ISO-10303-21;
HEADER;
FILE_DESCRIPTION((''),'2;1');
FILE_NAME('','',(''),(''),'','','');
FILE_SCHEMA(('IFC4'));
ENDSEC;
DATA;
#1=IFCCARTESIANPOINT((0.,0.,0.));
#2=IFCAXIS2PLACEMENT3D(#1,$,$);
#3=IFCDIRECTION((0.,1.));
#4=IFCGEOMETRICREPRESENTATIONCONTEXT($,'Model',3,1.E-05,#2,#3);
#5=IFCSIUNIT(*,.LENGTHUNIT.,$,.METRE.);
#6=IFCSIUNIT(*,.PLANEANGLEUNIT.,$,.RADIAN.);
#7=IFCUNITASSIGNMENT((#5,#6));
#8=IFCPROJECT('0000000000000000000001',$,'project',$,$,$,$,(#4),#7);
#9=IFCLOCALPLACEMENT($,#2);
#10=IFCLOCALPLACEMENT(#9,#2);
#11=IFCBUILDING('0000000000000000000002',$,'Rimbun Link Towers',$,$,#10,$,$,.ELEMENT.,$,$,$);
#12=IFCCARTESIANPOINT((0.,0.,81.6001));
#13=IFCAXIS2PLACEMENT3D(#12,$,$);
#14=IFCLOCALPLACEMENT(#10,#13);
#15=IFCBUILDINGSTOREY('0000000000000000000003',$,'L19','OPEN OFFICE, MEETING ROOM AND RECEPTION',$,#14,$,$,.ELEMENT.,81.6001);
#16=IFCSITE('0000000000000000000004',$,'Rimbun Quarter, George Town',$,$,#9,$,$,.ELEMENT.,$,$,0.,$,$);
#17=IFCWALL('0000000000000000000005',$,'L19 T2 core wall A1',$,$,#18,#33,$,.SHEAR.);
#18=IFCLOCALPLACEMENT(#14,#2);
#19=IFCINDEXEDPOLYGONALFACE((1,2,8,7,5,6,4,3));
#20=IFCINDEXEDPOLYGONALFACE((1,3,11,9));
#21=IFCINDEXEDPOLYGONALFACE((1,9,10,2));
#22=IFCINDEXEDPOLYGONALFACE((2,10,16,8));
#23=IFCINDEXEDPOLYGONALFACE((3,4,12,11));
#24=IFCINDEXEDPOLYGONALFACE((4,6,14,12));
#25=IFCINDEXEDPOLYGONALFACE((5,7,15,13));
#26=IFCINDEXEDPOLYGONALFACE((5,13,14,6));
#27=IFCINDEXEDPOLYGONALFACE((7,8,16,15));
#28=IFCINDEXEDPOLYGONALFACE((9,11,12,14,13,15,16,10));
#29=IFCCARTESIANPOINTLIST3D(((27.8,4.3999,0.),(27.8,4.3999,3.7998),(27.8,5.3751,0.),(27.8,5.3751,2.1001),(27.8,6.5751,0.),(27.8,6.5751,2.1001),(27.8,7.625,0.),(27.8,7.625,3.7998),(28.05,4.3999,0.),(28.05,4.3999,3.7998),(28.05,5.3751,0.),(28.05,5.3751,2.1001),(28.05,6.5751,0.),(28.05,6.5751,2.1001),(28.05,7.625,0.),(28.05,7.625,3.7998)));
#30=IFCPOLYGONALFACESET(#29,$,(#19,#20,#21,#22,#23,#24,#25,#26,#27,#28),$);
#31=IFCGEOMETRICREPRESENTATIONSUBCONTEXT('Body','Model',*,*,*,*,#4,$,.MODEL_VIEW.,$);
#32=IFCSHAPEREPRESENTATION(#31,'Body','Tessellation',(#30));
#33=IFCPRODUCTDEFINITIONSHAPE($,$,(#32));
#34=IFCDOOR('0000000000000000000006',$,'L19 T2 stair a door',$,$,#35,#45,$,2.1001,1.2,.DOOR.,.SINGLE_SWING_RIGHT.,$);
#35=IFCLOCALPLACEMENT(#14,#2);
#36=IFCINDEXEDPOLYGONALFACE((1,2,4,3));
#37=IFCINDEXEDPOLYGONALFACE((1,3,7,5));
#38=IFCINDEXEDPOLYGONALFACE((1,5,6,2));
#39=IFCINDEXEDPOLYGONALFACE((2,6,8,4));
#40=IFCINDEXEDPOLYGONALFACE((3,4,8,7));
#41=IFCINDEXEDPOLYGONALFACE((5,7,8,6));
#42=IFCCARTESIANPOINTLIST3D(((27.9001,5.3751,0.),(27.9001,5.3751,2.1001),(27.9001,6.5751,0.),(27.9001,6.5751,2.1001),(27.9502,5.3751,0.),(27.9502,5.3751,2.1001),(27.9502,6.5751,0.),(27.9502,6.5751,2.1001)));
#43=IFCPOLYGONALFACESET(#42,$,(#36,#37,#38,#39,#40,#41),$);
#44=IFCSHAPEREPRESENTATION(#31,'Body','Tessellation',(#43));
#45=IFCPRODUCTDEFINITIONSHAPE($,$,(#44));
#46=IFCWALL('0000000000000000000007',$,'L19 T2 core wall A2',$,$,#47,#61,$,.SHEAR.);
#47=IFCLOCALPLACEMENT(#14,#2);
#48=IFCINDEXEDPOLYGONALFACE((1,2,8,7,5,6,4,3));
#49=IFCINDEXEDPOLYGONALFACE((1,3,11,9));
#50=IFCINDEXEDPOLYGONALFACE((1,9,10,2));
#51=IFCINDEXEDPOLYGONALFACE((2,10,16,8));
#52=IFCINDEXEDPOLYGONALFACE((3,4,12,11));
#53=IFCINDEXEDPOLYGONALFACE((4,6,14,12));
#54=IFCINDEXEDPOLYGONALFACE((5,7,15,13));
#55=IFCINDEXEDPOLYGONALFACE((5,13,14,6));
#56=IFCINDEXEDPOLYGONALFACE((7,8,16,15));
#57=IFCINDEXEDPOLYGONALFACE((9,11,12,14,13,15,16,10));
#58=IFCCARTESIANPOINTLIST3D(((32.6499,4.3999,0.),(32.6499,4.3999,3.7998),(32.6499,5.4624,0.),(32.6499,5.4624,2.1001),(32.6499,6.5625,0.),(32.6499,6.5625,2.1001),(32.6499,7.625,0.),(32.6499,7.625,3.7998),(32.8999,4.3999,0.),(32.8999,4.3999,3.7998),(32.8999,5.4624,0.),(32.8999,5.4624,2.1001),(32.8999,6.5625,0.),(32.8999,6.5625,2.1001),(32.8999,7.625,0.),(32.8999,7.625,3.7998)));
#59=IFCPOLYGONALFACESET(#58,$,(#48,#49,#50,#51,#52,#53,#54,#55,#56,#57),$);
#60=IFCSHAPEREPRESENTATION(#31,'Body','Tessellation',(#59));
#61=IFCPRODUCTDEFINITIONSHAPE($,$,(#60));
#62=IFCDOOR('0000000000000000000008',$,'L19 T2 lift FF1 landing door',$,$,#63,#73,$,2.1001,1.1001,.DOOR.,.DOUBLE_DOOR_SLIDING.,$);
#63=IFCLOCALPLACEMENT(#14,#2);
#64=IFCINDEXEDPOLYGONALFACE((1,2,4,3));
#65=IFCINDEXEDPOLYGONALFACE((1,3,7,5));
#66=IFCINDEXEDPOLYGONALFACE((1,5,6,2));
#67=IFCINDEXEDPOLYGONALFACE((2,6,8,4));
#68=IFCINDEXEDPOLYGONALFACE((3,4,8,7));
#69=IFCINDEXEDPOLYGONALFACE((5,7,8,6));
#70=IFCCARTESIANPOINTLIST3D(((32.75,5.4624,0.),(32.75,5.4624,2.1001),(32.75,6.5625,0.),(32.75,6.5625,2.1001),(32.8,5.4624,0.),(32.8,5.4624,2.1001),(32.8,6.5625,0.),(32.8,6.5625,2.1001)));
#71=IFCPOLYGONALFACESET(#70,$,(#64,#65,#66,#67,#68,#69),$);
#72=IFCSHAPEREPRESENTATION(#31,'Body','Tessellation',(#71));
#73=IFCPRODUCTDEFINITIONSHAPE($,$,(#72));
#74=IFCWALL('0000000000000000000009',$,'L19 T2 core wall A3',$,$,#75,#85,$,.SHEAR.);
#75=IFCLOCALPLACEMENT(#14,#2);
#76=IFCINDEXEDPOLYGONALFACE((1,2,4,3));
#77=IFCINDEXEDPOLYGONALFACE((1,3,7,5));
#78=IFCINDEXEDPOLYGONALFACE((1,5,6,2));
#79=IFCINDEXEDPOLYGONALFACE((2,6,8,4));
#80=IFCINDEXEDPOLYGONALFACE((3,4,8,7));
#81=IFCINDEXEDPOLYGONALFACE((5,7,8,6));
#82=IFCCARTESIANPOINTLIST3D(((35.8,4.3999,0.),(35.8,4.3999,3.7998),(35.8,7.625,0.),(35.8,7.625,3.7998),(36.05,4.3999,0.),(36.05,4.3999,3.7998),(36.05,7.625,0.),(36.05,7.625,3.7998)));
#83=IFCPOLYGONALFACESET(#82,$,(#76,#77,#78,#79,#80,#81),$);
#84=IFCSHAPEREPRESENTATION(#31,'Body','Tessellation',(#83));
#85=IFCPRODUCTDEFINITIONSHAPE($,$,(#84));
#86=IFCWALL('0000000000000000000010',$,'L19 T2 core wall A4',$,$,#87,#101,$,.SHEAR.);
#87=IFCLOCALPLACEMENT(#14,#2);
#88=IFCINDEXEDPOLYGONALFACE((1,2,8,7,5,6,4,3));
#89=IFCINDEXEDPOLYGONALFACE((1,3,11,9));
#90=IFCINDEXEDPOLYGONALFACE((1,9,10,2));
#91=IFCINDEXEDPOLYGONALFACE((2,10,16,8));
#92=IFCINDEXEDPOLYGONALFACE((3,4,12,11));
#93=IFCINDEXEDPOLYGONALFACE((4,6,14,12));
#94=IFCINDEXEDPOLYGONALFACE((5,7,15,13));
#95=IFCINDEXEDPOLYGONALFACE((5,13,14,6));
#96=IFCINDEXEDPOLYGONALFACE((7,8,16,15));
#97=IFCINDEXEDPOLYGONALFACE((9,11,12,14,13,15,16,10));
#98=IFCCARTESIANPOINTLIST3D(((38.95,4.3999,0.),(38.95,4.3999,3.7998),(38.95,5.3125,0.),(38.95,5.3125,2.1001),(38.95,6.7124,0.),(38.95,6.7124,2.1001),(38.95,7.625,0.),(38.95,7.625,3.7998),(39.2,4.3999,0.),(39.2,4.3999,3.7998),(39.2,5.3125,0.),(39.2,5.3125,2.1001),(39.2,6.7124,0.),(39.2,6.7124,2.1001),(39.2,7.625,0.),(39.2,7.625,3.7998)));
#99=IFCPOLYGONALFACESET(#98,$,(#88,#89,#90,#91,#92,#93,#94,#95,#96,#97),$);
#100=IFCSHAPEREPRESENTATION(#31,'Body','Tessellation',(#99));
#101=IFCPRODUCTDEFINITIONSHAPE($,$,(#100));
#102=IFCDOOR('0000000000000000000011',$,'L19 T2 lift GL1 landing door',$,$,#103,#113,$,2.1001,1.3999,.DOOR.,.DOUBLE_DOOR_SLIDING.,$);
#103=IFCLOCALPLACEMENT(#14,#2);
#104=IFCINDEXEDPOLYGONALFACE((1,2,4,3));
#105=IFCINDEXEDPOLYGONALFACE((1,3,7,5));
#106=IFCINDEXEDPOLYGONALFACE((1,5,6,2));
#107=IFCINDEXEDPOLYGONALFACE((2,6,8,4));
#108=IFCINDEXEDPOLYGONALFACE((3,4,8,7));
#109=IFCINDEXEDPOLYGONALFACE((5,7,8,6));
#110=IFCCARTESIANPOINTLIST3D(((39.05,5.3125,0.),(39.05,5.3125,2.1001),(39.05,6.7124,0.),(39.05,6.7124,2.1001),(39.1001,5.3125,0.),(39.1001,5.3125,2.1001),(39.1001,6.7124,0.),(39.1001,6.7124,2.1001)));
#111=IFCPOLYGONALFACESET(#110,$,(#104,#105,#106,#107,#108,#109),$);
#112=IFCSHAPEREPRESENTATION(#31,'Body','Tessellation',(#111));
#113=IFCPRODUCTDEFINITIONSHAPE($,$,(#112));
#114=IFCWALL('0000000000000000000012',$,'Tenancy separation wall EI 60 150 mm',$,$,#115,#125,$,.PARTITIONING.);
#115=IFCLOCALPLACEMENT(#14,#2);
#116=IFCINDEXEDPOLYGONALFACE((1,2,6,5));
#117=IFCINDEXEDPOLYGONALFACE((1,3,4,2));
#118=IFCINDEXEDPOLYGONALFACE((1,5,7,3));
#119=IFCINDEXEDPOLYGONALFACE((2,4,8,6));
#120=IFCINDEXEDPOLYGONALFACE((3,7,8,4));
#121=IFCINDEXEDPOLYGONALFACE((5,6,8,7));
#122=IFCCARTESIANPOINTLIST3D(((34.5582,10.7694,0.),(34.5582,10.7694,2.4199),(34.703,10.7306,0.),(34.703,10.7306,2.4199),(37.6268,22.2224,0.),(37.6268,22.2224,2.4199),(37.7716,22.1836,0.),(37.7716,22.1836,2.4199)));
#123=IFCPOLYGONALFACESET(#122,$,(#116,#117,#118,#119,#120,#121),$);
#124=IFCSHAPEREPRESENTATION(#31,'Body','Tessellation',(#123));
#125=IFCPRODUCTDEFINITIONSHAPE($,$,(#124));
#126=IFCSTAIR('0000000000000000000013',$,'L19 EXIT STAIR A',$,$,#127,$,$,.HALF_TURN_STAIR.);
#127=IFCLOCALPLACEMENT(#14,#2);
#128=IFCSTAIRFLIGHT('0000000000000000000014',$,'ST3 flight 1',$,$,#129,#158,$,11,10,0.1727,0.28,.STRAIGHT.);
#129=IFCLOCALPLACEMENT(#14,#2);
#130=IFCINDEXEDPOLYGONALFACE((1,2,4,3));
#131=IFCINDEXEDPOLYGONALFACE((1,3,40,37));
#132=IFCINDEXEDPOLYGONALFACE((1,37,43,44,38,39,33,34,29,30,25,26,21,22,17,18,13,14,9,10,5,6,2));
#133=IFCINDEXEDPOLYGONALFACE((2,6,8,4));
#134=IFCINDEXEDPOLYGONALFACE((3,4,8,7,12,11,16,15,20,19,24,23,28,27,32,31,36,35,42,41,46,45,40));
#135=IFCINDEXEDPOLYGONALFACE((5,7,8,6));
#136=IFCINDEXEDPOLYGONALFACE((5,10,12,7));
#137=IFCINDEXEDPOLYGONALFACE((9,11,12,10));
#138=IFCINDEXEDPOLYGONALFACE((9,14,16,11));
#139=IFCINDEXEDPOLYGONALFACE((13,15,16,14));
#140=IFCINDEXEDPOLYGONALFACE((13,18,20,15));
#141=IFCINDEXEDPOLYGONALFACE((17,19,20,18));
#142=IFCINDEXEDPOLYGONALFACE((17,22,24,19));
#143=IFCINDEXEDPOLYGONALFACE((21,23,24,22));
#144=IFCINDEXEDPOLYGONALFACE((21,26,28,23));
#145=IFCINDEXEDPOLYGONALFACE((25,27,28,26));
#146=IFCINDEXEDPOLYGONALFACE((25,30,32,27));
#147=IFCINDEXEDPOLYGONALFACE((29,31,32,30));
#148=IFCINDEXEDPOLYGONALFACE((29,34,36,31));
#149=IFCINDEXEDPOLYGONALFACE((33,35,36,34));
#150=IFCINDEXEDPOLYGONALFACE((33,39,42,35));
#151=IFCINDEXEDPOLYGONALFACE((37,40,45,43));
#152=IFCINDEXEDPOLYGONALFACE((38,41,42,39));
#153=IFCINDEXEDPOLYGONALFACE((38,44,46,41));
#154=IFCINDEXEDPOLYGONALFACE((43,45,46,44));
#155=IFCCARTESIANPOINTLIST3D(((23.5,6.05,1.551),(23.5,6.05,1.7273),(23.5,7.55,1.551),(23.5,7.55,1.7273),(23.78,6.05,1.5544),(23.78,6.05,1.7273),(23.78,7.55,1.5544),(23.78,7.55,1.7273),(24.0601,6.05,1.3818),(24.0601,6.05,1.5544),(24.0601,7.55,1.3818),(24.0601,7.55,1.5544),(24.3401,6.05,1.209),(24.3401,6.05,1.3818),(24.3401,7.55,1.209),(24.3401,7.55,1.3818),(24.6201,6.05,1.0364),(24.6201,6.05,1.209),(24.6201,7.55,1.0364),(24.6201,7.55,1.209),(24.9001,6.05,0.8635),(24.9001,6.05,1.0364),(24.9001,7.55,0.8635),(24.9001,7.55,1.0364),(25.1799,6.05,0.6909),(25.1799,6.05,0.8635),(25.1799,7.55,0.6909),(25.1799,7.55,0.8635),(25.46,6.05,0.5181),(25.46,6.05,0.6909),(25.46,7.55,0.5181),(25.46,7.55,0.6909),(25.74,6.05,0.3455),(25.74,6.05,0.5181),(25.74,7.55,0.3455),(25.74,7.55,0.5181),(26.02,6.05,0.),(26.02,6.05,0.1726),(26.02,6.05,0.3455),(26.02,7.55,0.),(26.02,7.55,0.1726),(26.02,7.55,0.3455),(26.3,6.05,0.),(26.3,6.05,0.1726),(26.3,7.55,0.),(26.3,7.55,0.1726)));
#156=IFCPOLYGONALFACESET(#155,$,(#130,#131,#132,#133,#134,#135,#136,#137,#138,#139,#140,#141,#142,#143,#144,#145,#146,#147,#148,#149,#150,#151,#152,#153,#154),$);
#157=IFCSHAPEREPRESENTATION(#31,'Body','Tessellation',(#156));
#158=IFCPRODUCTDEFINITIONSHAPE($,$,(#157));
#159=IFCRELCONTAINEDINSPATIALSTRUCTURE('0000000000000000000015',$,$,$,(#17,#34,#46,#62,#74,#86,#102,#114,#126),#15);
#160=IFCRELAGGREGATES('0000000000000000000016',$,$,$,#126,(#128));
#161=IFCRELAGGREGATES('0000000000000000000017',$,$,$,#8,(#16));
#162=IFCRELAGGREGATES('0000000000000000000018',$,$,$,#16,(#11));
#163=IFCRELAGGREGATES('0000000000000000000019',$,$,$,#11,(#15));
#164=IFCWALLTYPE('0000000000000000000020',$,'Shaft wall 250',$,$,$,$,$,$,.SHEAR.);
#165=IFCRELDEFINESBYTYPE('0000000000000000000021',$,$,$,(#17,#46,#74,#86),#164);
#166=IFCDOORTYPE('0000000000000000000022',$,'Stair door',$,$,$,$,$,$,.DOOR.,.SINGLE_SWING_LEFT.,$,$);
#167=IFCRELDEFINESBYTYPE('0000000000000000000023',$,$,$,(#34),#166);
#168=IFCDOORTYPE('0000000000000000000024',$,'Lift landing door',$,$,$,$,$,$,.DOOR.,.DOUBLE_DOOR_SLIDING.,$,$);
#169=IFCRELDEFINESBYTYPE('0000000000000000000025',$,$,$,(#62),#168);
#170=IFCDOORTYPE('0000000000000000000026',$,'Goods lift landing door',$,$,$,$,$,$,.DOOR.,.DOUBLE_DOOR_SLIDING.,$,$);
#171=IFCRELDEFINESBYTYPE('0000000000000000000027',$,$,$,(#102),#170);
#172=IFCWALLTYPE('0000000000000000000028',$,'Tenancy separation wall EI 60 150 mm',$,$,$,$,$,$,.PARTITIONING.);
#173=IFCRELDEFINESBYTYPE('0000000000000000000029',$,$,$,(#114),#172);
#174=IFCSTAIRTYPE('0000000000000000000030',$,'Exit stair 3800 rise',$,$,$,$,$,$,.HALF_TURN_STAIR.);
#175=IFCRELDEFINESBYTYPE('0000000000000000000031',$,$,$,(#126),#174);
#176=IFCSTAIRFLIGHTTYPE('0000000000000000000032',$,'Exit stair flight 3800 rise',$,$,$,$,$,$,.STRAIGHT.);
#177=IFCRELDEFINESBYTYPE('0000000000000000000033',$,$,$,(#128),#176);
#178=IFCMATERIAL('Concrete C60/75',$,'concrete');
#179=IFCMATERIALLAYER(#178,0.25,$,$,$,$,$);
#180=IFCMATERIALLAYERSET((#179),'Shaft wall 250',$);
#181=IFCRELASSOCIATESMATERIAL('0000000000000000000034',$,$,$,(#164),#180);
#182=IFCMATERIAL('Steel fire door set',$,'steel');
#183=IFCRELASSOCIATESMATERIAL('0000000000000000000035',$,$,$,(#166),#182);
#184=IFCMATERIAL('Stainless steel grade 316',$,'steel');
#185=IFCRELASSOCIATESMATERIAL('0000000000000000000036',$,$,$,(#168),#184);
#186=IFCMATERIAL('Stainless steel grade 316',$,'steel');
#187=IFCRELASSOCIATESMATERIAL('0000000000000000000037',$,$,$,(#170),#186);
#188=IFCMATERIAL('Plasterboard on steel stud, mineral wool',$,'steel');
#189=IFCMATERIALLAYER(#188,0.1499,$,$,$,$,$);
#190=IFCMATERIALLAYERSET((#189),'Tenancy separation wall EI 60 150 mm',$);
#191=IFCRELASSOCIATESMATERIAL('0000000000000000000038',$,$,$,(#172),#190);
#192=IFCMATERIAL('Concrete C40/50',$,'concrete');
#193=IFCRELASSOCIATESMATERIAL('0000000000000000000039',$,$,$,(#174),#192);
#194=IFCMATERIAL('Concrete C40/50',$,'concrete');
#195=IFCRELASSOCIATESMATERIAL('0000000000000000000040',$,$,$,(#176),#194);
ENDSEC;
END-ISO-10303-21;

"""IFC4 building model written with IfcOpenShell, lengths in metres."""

from ifc_helpers import new_model, si_unit, direction, frame, frame_2d, origin, place, context, subcontext, project, spatial, polyline, rectangle, outline, extrude, material, layer, layer_set, type_object, element, fill, aggregate, save


model = new_model("IFC4")

# Units and contexts
model_context = context("Model", 3, precision=1e-05, world=origin(), true_north=direction((0.0, 1.0)))
body_context = subcontext(model_context, "Body", "Model", "MODEL_VIEW")
ifc_project = project(units=[si_unit("LENGTHUNIT", "METRE"), si_unit("PLANEANGLEUNIT", "RADIAN")], contexts=[model_context])

# Site, building, storey
site_placement = place(None, origin())
site = spatial("IfcSite", under=ifc_project, at=site_placement, Name="Rimbun Quarter, George Town", CompositionType="ELEMENT", RefElevation=0.0)
building_placement = place(site_placement, origin())
building = spatial("IfcBuilding", under=site, at=building_placement, Name="Rimbun Link Towers", CompositionType="ELEMENT")
storey_placement = place(building_placement, frame((0.0, 0.0, 81.6001)))
storey = spatial("IfcBuildingStorey", under=building, at=storey_placement, Name="L19", Description="OPEN OFFICE, MEETING ROOM AND RECEPTION", CompositionType="ELEMENT", Elevation=81.6001)

# Walls, openings, doors
ifc_material_1 = material(Name="Concrete C60/75", Category="concrete")
ifc_layer_1 = layer(ifc_material_1, 0.25)
ifc_layer_set_1 = layer_set([ifc_layer_1], Name="Shaft wall 250")
wall_type_1 = type_object("IfcWallType", Name="Shaft wall 250", PredefinedType="SHEAR", material=ifc_layer_set_1)
wall_1_placement = place(storey_placement, frame((27.925, 4.3999, 0.0), z_axis=(0.0, 0.0, 1.0), x_axis=(0.0, 1.0, 0.0)))
wall_1 = element("IfcWall", 1, at=wall_1_placement, inside=storey, type_object=wall_type_1, Name="L19 T2 core wall A1", PredefinedType="SHEAR", context=body_context, shape_type="SweptSolid", body=[
    extrude(rectangle(XDim=3.2251, YDim=0.25, at=frame_2d((1.6125, 0.0))), origin(), (0.0, 0.0, 1.0), 3.7998),
])
opening_1_placement = place(wall_1_placement, frame((0.9751, 0.0, 0.0)))
opening_1 = element("IfcOpeningElement", 2, at=opening_1_placement, cuts=wall_1, PredefinedType="OPENING", context=body_context, shape_type="SweptSolid", body=[
    extrude(rectangle(XDim=1.2, YDim=2.1001, at=frame_2d((0.6001, 1.05))), frame((0.0, 0.135, 0.0), z_axis=(0.0, -1.0, 0.0), x_axis=(1.0, 0.0, 0.0)), (0.0, 0.0, 1.0), 0.27),
])
ifc_material_2 = material(Name="Steel fire door set", Category="steel")
door_type_1 = type_object("IfcDoorType", Name="Stair door", OperationType="SINGLE_SWING_LEFT", PredefinedType="DOOR", material=ifc_material_2)
door_1_placement = place(opening_1_placement, origin())
door_1 = element("IfcDoor", 3, at=door_1_placement, inside=storey, type_object=door_type_1, Name="L19 T2 stair a door", OperationType="SINGLE_SWING_RIGHT", OverallHeight=2.1001, OverallWidth=1.2, PredefinedType="DOOR", context=body_context, shape_type="SweptSolid", body=[
    extrude(rectangle(XDim=1.2, YDim=2.1001, at=frame_2d((0.6001, 1.05))), frame((0.0, 0.0249, 0.0), z_axis=(0.0, -1.0, 0.0), x_axis=(1.0, 0.0, 0.0)), (0.0, 0.0, 1.0), 0.05),
])
fill(opening_1, door_1)
wall_2_placement = place(storey_placement, frame((32.7749, 4.3999, 0.0), z_axis=(0.0, 0.0, 1.0), x_axis=(0.0, 1.0, 0.0)))
wall_2 = element("IfcWall", 4, at=wall_2_placement, inside=storey, type_object=wall_type_1, Name="L19 T2 core wall A2", PredefinedType="SHEAR", context=body_context, shape_type="SweptSolid", body=[
    extrude(rectangle(XDim=3.2251, YDim=0.25, at=frame_2d((1.6125, 0.0))), origin(), (0.0, 0.0, 1.0), 3.7998),
])
opening_2_placement = place(wall_2_placement, frame((1.0625, 0.0, 0.0)))
opening_2 = element("IfcOpeningElement", 5, at=opening_2_placement, cuts=wall_2, PredefinedType="OPENING", context=body_context, shape_type="SweptSolid", body=[
    extrude(rectangle(XDim=1.1001, YDim=2.1001, at=frame_2d((0.55, 1.05))), frame((0.0, 0.135, 0.0), z_axis=(0.0, -1.0, 0.0), x_axis=(1.0, 0.0, 0.0)), (0.0, 0.0, 1.0), 0.27),
])
ifc_material_3 = material(Name="Stainless steel grade 316", Category="steel")
door_type_2 = type_object("IfcDoorType", Name="Lift landing door", OperationType="DOUBLE_DOOR_SLIDING", PredefinedType="DOOR", material=ifc_material_3)
door_2_placement = place(opening_2_placement, origin())
door_2 = element("IfcDoor", 6, at=door_2_placement, inside=storey, type_object=door_type_2, Name="L19 T2 lift FF1 landing door", OperationType="DOUBLE_DOOR_SLIDING", OverallHeight=2.1001, OverallWidth=1.1001, PredefinedType="DOOR", context=body_context, shape_type="SweptSolid", body=[
    extrude(rectangle(XDim=1.1001, YDim=2.1001, at=frame_2d((0.55, 1.05))), frame((0.0, 0.0249, 0.0), z_axis=(0.0, -1.0, 0.0), x_axis=(1.0, 0.0, 0.0)), (0.0, 0.0, 1.0), 0.05),
])
fill(opening_2, door_2)

# Wall
wall_3_placement = place(storey_placement, frame((35.925, 4.3999, 0.0), z_axis=(0.0, 0.0, 1.0), x_axis=(0.0, 1.0, 0.0)))
element("IfcWall", 7, at=wall_3_placement, inside=storey, type_object=wall_type_1, Name="L19 T2 core wall A3", PredefinedType="SHEAR", context=body_context, shape_type="SweptSolid", body=[
    extrude(rectangle(XDim=3.2251, YDim=0.25, at=frame_2d((1.6125, 0.0))), origin(), (0.0, 0.0, 1.0), 3.7998),
])

# Wall, opening, door
wall_4_placement = place(storey_placement, frame((39.075, 4.3999, 0.0), z_axis=(0.0, 0.0, 1.0), x_axis=(0.0, 1.0, 0.0)))
wall_4 = element("IfcWall", 8, at=wall_4_placement, inside=storey, type_object=wall_type_1, Name="L19 T2 core wall A4", PredefinedType="SHEAR", context=body_context, shape_type="SweptSolid", body=[
    extrude(rectangle(XDim=3.2251, YDim=0.25, at=frame_2d((1.6125, 0.0))), origin(), (0.0, 0.0, 1.0), 3.7998),
])
opening_3_placement = place(wall_4_placement, frame((0.9126, 0.0, 0.0)))
opening_3 = element("IfcOpeningElement", 9, at=opening_3_placement, cuts=wall_4, PredefinedType="OPENING", context=body_context, shape_type="SweptSolid", body=[
    extrude(rectangle(XDim=1.3999, YDim=2.1001, at=frame_2d((0.7, 1.05))), frame((0.0, 0.135, 0.0), z_axis=(0.0, -1.0, 0.0), x_axis=(1.0, 0.0, 0.0)), (0.0, 0.0, 1.0), 0.27),
])
ifc_material_4 = material(Name="Stainless steel grade 316", Category="steel")
door_type_3 = type_object("IfcDoorType", Name="Goods lift landing door", OperationType="DOUBLE_DOOR_SLIDING", PredefinedType="DOOR", material=ifc_material_4)
door_3_placement = place(opening_3_placement, origin())
door_3 = element("IfcDoor", 10, at=door_3_placement, inside=storey, type_object=door_type_3, Name="L19 T2 lift GL1 landing door", OperationType="DOUBLE_DOOR_SLIDING", OverallHeight=2.1001, OverallWidth=1.3999, PredefinedType="DOOR", context=body_context, shape_type="SweptSolid", body=[
    extrude(rectangle(XDim=1.3999, YDim=2.1001, at=frame_2d((0.7, 1.05))), frame((0.0, 0.0249, 0.0), z_axis=(0.0, -1.0, 0.0), x_axis=(1.0, 0.0, 0.0)), (0.0, 0.0, 1.0), 0.05),
])
fill(opening_3, door_3)

# Wall
ifc_material_5 = material(Name="Plasterboard on steel stud, mineral wool", Category="steel")
ifc_layer_2 = layer(ifc_material_5, 0.1499)
ifc_layer_set_2 = layer_set([ifc_layer_2], Name="Tenancy separation wall EI 60 150 mm")
wall_type_2 = type_object("IfcWallType", Name="Tenancy separation wall EI 60 150 mm", PredefinedType="PARTITIONING", material=ifc_layer_set_2)
wall_5_placement = place(storey_placement, frame((34.6306, 10.75, 0.0), z_axis=(0.0, 0.0, 1.0), x_axis=(0.258804, 0.96593, 0.0)))
element("IfcWall", 11, at=wall_5_placement, inside=storey, type_object=wall_type_2, Name="Tenancy separation wall EI 60 150 mm", PredefinedType="PARTITIONING", context=body_context, shape_type="SweptSolid", body=[
    extrude(rectangle(XDim=11.8569, YDim=0.1499, at=frame_2d((5.9285, 0.0))), origin(), (0.0, 0.0, 1.0), 2.4199),
])

# Stair, stair flight
ifc_material_6 = material(Name="Concrete C40/50", Category="concrete")
stair_type = type_object("IfcStairType", Name="Exit stair 3800 rise", PredefinedType="HALF_TURN_STAIR", material=ifc_material_6)
stair_placement = place(storey_placement, origin())
stair = element("IfcStair", 12, at=stair_placement, inside=storey, type_object=stair_type, Name="L19 EXIT STAIR A", PredefinedType="HALF_TURN_STAIR")
ifc_material_7 = material(Name="Concrete C40/50", Category="concrete")
stair_flight_type = type_object("IfcStairFlightType", Name="Exit stair flight 3800 rise", PredefinedType="STRAIGHT", material=ifc_material_7)
stair_flight_placement = place(storey_placement, frame((26.3, 6.8, 0.0), z_axis=(0.0, 0.0, 1.0), x_axis=(-1.0, 0.0, 0.0)))
stair_flight = element("IfcStairFlight", 13, at=stair_flight_placement, type_object=stair_flight_type, Name="ST3 flight 1", NumberOfRisers=11, NumberOfTreads=10, PredefinedType="STRAIGHT", RiserHeight=0.1727, TreadLength=0.28, context=body_context, shape_type="SweptSolid", body=[
    extrude(outline(polyline([(0.0, 0.0), (0.0, 0.1726), (0.28, 0.1726), (0.28, 0.3455), (0.5601, 0.3455), (0.5601, 0.5181), (0.8401, 0.5181), (0.8401, 0.6909), (1.1201, 0.6909), (1.1201, 0.8635), (1.3999, 0.8635), (1.3999, 1.0364), (1.6799, 1.0364), (1.6799, 1.209), (1.96, 1.209), (1.96, 1.3818), (2.24, 1.3818), (2.24, 1.5544), (2.52, 1.5544), (2.52, 1.7273), (2.8, 1.7273), (2.8, 1.8999), (2.8, 1.551), (0.28, 0.0), (0.0, 0.0)])), frame((0.0, 0.75, 0.0), z_axis=(0.0, -1.0, 0.0), x_axis=(1.0, 0.0, 0.0)), (0.0, 0.0, 1.0), 1.5),
])
aggregate(stair, [stair_flight])

save(model, "model.ifc")
